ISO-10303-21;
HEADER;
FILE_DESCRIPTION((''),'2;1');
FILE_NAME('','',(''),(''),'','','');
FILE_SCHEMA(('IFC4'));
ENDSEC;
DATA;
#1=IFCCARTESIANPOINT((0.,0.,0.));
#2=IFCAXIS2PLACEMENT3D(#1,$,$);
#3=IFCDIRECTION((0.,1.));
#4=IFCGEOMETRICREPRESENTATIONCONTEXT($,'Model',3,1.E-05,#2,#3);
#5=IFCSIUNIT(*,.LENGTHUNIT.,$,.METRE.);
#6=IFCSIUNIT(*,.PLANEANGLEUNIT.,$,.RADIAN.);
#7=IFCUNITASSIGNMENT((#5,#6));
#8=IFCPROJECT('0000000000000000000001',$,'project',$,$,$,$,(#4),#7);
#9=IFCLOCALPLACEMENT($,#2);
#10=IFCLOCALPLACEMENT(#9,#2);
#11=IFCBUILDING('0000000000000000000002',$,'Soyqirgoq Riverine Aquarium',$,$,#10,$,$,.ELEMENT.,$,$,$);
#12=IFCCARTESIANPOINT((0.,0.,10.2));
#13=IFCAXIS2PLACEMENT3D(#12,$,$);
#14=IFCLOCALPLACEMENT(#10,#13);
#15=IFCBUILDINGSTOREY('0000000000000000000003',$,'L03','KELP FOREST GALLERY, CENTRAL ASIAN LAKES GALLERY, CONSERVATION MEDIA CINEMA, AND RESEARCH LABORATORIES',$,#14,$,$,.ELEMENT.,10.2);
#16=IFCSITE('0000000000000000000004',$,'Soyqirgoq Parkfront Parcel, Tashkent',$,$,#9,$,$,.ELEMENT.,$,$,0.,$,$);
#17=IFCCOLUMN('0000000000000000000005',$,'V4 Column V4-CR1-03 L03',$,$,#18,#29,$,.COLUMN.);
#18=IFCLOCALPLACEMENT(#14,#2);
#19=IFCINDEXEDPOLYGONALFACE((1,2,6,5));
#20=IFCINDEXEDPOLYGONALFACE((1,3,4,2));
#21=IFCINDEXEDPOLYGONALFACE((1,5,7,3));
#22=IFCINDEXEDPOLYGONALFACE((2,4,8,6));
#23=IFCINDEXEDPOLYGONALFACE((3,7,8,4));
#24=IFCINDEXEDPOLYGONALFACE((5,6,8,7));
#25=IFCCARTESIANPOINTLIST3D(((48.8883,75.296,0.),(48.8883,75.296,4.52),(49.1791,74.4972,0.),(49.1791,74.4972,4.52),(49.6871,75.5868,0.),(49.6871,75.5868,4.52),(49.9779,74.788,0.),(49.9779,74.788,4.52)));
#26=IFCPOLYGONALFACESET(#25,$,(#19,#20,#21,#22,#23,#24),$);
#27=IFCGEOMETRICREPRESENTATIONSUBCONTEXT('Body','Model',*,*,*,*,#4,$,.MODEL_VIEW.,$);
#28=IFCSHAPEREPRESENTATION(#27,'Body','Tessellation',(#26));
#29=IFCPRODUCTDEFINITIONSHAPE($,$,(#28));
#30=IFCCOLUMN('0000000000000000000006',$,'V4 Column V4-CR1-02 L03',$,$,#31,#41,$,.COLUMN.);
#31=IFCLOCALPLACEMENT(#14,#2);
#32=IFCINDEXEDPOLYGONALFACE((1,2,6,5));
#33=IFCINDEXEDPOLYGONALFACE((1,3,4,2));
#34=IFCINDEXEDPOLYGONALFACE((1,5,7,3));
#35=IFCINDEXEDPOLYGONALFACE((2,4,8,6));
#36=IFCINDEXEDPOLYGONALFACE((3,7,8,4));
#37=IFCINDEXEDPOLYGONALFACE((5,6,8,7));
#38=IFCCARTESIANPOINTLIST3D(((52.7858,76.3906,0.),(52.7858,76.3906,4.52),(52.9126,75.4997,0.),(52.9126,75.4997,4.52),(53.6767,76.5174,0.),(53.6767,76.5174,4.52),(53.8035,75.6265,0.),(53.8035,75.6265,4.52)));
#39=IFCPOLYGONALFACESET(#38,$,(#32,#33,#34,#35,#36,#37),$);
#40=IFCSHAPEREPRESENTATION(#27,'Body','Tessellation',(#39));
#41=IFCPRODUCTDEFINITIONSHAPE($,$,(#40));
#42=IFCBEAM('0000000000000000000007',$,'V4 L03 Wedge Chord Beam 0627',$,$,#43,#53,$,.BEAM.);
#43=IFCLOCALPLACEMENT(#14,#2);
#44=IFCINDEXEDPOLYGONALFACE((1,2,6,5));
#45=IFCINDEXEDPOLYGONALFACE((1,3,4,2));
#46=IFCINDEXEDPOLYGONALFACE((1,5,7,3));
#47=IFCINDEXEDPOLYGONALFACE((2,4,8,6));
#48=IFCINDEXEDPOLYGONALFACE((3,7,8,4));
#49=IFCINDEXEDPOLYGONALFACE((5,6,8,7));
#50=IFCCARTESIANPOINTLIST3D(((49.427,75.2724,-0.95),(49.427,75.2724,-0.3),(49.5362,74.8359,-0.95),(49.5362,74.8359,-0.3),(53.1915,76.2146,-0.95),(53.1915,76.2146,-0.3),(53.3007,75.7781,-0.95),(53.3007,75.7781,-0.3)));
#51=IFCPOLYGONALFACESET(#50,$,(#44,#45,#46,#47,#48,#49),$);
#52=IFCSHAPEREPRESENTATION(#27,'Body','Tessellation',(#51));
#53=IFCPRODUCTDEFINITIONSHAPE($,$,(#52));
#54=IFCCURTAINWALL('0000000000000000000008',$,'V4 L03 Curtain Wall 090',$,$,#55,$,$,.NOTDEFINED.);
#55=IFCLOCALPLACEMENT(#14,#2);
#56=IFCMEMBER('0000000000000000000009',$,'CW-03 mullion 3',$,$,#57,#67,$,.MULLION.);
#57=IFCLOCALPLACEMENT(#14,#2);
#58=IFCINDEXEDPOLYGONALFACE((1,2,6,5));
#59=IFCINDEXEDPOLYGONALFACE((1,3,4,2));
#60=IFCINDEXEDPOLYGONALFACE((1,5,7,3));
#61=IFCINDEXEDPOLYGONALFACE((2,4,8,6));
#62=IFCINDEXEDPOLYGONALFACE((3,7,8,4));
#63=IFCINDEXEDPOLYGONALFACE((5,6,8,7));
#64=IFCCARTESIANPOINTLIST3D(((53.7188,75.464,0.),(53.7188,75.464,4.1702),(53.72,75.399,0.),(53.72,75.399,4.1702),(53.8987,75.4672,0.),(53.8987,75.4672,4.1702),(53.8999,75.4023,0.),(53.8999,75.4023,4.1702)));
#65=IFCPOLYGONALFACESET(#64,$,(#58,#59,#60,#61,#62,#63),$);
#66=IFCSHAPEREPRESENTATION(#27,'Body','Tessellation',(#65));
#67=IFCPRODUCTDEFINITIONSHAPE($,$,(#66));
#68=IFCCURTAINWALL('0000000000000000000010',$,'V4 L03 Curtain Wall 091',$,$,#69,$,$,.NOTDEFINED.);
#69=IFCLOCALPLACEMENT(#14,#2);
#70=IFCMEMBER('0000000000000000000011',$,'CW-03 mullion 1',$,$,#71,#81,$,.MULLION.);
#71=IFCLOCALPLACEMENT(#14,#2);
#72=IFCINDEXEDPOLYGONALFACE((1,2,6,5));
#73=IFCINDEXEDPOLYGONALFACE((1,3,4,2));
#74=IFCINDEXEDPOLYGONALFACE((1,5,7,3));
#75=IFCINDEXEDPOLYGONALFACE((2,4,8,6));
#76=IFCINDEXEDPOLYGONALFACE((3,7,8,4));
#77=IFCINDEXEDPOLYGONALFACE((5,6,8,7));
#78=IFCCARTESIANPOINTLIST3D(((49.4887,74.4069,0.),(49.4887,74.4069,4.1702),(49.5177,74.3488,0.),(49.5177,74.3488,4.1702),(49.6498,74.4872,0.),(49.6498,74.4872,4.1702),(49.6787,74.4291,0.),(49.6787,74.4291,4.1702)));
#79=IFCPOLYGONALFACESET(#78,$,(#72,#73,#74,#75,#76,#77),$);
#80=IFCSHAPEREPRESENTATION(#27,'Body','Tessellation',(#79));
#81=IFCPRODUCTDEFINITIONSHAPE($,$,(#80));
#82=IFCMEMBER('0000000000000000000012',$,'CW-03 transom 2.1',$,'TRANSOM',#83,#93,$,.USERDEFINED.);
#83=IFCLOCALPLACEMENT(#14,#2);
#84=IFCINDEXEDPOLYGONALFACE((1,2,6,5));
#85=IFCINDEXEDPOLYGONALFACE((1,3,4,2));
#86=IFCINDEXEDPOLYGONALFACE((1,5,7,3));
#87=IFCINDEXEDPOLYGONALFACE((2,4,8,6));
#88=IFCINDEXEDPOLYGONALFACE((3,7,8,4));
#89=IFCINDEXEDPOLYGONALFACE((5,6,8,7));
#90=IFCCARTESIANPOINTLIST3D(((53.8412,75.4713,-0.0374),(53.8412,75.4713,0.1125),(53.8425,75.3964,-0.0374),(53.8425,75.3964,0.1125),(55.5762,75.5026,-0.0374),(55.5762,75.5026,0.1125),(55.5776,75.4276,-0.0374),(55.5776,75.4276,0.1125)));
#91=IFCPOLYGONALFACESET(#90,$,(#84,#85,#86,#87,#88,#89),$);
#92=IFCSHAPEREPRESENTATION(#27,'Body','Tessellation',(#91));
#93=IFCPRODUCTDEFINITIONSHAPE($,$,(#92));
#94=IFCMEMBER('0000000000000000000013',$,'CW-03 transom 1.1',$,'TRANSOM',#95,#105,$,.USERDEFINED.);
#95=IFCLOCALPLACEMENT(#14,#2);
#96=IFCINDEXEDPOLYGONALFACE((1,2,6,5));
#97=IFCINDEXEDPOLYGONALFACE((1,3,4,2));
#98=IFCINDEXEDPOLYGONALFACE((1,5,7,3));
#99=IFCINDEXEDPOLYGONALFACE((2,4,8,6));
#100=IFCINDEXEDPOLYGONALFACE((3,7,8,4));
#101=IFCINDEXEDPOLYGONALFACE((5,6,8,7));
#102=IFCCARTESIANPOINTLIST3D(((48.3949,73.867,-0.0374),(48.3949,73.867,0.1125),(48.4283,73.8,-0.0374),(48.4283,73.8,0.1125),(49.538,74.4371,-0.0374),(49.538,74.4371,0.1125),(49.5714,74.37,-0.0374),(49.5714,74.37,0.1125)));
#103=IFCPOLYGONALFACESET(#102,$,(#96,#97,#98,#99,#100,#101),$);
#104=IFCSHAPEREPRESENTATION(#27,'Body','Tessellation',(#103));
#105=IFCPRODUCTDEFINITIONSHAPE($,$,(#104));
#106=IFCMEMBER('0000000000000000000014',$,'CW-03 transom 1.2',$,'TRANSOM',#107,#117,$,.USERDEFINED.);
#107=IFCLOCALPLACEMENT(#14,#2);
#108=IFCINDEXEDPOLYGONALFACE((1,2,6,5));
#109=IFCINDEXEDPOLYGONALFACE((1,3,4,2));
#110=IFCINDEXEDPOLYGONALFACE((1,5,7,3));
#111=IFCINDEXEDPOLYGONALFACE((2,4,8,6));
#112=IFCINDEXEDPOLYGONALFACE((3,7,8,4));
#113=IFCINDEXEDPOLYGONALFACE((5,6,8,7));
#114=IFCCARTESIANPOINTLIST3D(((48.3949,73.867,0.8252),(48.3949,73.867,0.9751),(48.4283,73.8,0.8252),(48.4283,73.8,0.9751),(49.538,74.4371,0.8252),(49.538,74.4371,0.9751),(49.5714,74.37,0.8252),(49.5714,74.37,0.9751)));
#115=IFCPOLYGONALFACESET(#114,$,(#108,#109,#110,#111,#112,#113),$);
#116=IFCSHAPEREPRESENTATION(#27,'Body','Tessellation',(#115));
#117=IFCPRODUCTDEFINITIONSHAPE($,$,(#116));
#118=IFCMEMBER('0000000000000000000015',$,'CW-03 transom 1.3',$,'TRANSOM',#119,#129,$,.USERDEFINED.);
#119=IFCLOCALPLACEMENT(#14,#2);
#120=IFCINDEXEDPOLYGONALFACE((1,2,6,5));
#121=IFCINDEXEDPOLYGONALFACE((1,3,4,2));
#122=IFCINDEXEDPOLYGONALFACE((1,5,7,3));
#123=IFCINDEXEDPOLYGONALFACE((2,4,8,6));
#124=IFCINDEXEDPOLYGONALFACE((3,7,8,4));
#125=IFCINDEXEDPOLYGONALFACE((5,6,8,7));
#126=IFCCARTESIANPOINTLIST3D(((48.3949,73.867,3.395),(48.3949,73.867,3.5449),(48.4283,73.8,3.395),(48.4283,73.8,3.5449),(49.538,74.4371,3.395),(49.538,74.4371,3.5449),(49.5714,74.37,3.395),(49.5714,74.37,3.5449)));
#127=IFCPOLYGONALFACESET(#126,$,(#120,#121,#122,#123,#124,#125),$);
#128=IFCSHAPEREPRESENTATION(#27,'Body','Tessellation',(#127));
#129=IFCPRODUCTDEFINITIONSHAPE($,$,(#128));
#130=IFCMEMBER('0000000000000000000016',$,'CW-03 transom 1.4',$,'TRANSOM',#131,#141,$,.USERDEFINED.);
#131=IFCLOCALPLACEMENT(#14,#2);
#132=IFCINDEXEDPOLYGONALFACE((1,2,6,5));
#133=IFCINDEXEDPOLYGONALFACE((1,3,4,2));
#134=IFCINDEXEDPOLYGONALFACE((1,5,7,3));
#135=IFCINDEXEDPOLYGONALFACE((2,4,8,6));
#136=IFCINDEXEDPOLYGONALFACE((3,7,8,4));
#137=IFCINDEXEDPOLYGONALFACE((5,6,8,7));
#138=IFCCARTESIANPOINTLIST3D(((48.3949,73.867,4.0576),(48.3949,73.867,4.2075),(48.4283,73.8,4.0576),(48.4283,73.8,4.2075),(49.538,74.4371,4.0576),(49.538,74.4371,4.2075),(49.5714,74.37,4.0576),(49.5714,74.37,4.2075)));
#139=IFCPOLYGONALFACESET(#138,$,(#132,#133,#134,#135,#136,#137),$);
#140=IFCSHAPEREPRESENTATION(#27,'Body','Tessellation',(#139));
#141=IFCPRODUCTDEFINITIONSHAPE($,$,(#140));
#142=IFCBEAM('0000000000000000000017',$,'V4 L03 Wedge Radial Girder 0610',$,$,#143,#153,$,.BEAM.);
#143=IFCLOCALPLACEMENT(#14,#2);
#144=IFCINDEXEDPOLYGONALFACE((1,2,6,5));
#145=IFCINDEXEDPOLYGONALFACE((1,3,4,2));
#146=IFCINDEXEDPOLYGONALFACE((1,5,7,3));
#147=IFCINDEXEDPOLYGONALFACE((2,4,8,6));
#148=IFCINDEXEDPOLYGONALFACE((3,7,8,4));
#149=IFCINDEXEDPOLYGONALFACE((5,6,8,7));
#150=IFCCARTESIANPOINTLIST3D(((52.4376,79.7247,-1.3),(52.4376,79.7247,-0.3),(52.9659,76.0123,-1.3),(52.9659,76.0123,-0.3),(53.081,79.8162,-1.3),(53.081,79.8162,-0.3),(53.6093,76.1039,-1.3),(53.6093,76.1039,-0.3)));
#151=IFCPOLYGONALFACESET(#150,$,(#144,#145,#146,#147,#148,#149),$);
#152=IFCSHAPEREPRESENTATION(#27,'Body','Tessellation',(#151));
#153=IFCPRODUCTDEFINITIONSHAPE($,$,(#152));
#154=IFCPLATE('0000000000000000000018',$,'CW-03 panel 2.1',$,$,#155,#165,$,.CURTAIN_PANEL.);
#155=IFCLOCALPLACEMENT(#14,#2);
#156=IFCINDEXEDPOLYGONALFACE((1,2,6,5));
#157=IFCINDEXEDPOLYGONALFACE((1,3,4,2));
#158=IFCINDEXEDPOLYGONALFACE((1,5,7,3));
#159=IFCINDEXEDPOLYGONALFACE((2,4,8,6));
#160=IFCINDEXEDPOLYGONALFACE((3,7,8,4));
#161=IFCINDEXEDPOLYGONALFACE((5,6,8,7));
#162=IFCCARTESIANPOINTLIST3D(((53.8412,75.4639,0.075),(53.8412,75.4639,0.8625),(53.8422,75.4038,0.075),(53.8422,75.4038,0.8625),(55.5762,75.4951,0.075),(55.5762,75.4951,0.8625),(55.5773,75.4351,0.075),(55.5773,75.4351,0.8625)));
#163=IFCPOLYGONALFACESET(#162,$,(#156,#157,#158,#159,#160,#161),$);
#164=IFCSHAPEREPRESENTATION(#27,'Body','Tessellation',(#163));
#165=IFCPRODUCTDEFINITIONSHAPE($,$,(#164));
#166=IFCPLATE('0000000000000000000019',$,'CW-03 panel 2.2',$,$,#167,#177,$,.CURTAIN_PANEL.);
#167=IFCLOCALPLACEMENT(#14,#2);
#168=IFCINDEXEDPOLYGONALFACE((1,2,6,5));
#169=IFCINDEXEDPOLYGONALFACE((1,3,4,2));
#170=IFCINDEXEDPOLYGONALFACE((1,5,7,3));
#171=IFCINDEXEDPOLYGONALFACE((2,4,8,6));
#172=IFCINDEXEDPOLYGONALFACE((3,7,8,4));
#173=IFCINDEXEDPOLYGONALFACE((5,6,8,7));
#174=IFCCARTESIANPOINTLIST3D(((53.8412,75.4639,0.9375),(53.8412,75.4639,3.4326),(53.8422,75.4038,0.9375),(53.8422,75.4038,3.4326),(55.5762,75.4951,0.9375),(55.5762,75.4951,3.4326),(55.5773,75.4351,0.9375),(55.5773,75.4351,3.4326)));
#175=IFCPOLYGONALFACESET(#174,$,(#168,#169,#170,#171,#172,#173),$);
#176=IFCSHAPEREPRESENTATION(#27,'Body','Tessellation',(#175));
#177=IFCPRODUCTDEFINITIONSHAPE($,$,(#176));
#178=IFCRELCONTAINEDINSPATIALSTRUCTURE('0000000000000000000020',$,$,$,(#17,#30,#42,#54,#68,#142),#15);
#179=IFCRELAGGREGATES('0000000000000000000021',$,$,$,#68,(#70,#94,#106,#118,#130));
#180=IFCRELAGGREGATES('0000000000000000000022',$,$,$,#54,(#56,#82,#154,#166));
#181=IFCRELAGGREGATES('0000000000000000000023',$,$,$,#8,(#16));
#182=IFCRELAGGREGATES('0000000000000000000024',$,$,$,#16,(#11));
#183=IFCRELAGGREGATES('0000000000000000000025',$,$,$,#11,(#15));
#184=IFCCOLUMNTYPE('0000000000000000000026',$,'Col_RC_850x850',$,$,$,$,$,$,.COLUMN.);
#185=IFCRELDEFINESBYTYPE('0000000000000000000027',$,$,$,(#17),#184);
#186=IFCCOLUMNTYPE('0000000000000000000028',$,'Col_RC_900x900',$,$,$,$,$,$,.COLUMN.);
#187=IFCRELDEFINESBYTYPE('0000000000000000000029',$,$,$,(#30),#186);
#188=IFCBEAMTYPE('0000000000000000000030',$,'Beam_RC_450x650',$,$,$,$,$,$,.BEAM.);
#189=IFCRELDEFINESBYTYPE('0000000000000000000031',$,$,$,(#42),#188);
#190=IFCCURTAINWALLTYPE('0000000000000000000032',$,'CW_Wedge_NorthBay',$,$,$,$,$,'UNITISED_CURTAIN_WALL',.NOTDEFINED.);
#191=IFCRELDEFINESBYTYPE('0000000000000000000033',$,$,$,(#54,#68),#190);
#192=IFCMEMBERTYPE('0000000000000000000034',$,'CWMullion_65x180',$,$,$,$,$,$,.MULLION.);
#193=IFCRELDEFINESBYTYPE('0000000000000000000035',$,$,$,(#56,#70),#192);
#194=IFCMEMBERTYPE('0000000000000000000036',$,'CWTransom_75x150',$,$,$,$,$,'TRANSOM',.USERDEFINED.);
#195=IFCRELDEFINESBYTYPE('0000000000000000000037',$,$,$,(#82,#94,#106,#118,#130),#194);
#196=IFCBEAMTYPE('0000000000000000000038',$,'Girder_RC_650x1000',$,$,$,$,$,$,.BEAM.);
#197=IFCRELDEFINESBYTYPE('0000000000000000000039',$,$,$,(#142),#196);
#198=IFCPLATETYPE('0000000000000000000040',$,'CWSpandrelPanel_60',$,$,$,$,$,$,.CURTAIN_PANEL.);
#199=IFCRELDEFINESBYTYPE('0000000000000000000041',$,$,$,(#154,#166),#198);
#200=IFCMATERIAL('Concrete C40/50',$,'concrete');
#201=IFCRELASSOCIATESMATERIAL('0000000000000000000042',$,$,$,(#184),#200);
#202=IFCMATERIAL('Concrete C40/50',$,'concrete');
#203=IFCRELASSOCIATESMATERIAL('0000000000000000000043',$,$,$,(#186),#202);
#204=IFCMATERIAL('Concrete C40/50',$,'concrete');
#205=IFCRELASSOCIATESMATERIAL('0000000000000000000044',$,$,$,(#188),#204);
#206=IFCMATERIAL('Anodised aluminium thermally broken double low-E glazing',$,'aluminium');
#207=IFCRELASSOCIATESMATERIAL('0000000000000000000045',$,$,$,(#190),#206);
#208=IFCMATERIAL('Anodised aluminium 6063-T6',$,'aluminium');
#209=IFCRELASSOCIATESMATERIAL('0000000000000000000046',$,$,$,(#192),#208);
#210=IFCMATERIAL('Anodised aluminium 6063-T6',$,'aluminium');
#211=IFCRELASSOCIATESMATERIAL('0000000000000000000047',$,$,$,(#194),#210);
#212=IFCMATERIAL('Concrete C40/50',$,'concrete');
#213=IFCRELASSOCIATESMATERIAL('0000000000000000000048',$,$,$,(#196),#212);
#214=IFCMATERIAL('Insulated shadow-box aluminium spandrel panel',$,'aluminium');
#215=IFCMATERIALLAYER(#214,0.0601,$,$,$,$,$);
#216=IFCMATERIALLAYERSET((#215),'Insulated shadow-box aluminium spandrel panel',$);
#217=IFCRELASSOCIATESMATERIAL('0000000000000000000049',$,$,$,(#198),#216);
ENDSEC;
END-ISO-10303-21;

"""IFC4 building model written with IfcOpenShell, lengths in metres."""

from ifc_helpers import new_model, si_unit, direction, frame, origin, origin_2d, place, context, subcontext, project, spatial, rectangle, extrude, material, layer, layer_set, material_profile, profile_set, type_object, element, aggregate, save


model = new_model("IFC4")

# Units and contexts
model_context = context("Model", 3, precision=1e-05, world=origin(), true_north=direction((0.0, 1.0)))
body_context = subcontext(model_context, "Body", "Model", "MODEL_VIEW")
ifc_project = project(units=[si_unit("LENGTHUNIT", "METRE"), si_unit("PLANEANGLEUNIT", "RADIAN")], contexts=[model_context])

# Site, building, storey
site_placement = place(None, origin())
site = spatial("IfcSite", under=ifc_project, at=site_placement, Name="Soyqirgoq Parkfront Parcel, Tashkent", CompositionType="ELEMENT", RefElevation=0.0)
building_placement = place(site_placement, origin())
building = spatial("IfcBuilding", under=site, at=building_placement, Name="Soyqirgoq Riverine Aquarium", CompositionType="ELEMENT")
storey_placement = place(building_placement, frame((0.0, 0.0, 10.2)))
storey = spatial("IfcBuildingStorey", under=building, at=storey_placement, Name="L03", Description="KELP FOREST GALLERY, CENTRAL ASIAN LAKES GALLERY, CONSERVATION MEDIA CINEMA, AND RESEARCH LABORATORIES", CompositionType="ELEMENT", Elevation=10.2)

# Columns
ifc_material_1 = material(Name="Concrete C40/50", Category="concrete")
ifc_material_profile_1 = material_profile(ifc_material_1, rectangle(XDim=0.8501, YDim=0.8501, at=origin_2d()), Name="RC 850x850")
ifc_profile_set_1 = profile_set([ifc_material_profile_1], Name="Concrete C40/50")
column_type_1 = type_object("IfcColumnType", Name="Col_RC_850x850", PredefinedType="COLUMN", material=ifc_profile_set_1)
column_1_placement = place(storey_placement, frame((49.4331, 75.042, 0.0), z_axis=(0.0, 0.0, 1.0), x_axis=(-0.34202, 0.939693, 0.0)))
element("IfcColumn", 1, at=column_1_placement, inside=storey, type_object=column_type_1, Name="V4 Column V4-CR1-03 L03", PredefinedType="COLUMN", context=body_context, shape_type="SweptSolid", body=[
    extrude(rectangle(XDim=0.8501, YDim=0.8501, at=origin_2d()), origin(), (0.0, 0.0, 1.0), 4.52),
])
ifc_material_2 = material(Name="Concrete C40/50", Category="concrete")
ifc_material_profile_2 = material_profile(ifc_material_2, rectangle(XDim=0.8999, YDim=0.8999, at=origin_2d()), Name="RC 900x900")
ifc_profile_set_2 = profile_set([ifc_material_profile_2], Name="Concrete C40/50")
column_type_2 = type_object("IfcColumnType", Name="Col_RC_900x900", PredefinedType="COLUMN", material=ifc_profile_set_2)
column_2_placement = place(storey_placement, frame((53.2947, 76.0085, 0.0), z_axis=(0.0, 0.0, 1.0), x_axis=(-0.140901, 0.990024, 0.0)))
element("IfcColumn", 2, at=column_2_placement, inside=storey, type_object=column_type_2, Name="V4 Column V4-CR1-02 L03", PredefinedType="COLUMN", context=body_context, shape_type="SweptSolid", body=[
    extrude(rectangle(XDim=0.8999, YDim=0.8999, at=origin_2d()), origin(), (0.0, 0.0, 1.0), 4.52),
])

# Beam
ifc_material_3 = material(Name="Concrete C40/50", Category="concrete")
ifc_material_profile_3 = material_profile(ifc_material_3, rectangle(XDim=0.45, YDim=0.6499, at=origin_2d()), Name="RC 450x650")
ifc_profile_set_3 = profile_set([ifc_material_profile_3], Name="Concrete C40/50")
beam_type_1 = type_object("IfcBeamType", Name="Beam_RC_450x650", PredefinedType="BEAM", material=ifc_profile_set_3)
beam_1_placement = place(storey_placement, frame((53.2461, 75.9963, -0.625), z_axis=(-0.97008, -0.242787, 0.0), x_axis=(0.242787, -0.97008, 0.0)))
element("IfcBeam", 3, at=beam_1_placement, inside=storey, type_object=beam_type_1, Name="V4 L03 Wedge Chord Beam 0627", PredefinedType="BEAM", context=body_context, shape_type="SweptSolid", body=[
    extrude(rectangle(XDim=0.45, YDim=0.6499, at=origin_2d()), origin(), (0.0, 0.0, 1.0), 3.8806),
])

# Curtain walls, members
ifc_material_4 = material(Name="Anodised aluminium thermally broken double low-E glazing", Category="aluminium")
curtain_wall_type = type_object("IfcCurtainWallType", Name="CW_Wedge_NorthBay", ElementType="UNITISED_CURTAIN_WALL", PredefinedType="NOTDEFINED", material=ifc_material_4)
curtain_wall_1_placement = place(storey_placement, origin())
curtain_wall_1 = element("IfcCurtainWall", 4, at=curtain_wall_1_placement, inside=storey, type_object=curtain_wall_type, Name="V4 L03 Curtain Wall 090", PredefinedType="NOTDEFINED")
ifc_material_5 = material(Name="Anodised aluminium 6063-T6", Category="aluminium")
ifc_material_profile_4 = material_profile(ifc_material_5, rectangle(XDim=0.0649, YDim=0.1799, at=origin_2d()), Name="ALU-M 65x180")
ifc_profile_set_4 = profile_set([ifc_material_profile_4], Name="Anodised aluminium 6063-T6")
member_type_1 = type_object("IfcMemberType", Name="CWMullion_65x180", PredefinedType="MULLION", material=ifc_profile_set_4)
member_1_placement = place(storey_placement, frame((53.8093, 75.4331, 0.0), z_axis=(0.0, 0.0, 1.0), x_axis=(0.018005, -0.999838, 0.0)))
member_1 = element("IfcMember", 5, at=member_1_placement, type_object=member_type_1, Name="CW-03 mullion 3", PredefinedType="MULLION", context=body_context, shape_type="SweptSolid", body=[
    extrude(rectangle(XDim=0.0649, YDim=0.1799, at=origin_2d()), origin(), (0.0, 0.0, 1.0), 4.1702),
])
curtain_wall_2_placement = place(storey_placement, origin())
curtain_wall_2 = element("IfcCurtainWall", 6, at=curtain_wall_2_placement, inside=storey, type_object=curtain_wall_type, Name="V4 L03 Curtain Wall 091", PredefinedType="NOTDEFINED")
member_2_placement = place(storey_placement, frame((49.5837, 74.418, 0.0), z_axis=(0.0, 0.0, 1.0), x_axis=(0.446195, -0.894936, 0.0)))
member_2 = element("IfcMember", 7, at=member_2_placement, type_object=member_type_1, Name="CW-03 mullion 1", PredefinedType="MULLION", context=body_context, shape_type="SweptSolid", body=[
    extrude(rectangle(XDim=0.0649, YDim=0.1799, at=origin_2d()), origin(), (0.0, 0.0, 1.0), 4.1702),
])

# Members
ifc_material_6 = material(Name="Anodised aluminium 6063-T6", Category="aluminium")
ifc_material_profile_5 = material_profile(ifc_material_6, rectangle(XDim=0.075, YDim=0.1499, at=origin_2d()), Name="ALU-T 75x150")
ifc_profile_set_5 = profile_set([ifc_material_profile_5], Name="Anodised aluminium 6063-T6")
member_type_2 = type_object("IfcMemberType", Name="CWTransom_75x150", ElementType="TRANSOM", PredefinedType="USERDEFINED", material=ifc_profile_set_5)
member_3_placement = place(storey_placement, frame((55.5769, 75.4651, 0.0376), z_axis=(-0.999838, -0.018007, 0.0), x_axis=(0.018007, -0.999838, 0.0)))
member_3 = element("IfcMember", 8, at=member_3_placement, type_object=member_type_2, Name="CW-03 transom 2.1", ObjectType="TRANSOM", PredefinedType="USERDEFINED", context=body_context, shape_type="SweptSolid", body=[
    extrude(rectangle(XDim=0.075, YDim=0.1499, at=origin_2d()), origin(), (0.0, 0.0, 1.0), 1.7354),
])
member_4_placement = place(storey_placement, frame((49.5547, 74.4036, 0.0376), z_axis=(-0.894885, -0.446296, 0.0), x_axis=(0.446296, -0.894885, 0.0)))
member_4 = element("IfcMember", 9, at=member_4_placement, type_object=member_type_2, Name="CW-03 transom 1.1", ObjectType="TRANSOM", PredefinedType="USERDEFINED", context=body_context, shape_type="SweptSolid", body=[
    extrude(rectangle(XDim=0.075, YDim=0.1499, at=origin_2d()), origin(), (0.0, 0.0, 1.0), 1.2773),
])
member_5_placement = place(storey_placement, frame((49.5547, 74.4036, 0.9001), z_axis=(-0.894885, -0.446296, 0.0), x_axis=(0.446296, -0.894885, 0.0)))
member_5 = element("IfcMember", 10, at=member_5_placement, type_object=member_type_2, Name="CW-03 transom 1.2", ObjectType="TRANSOM", PredefinedType="USERDEFINED", context=body_context, shape_type="SweptSolid", body=[
    extrude(rectangle(XDim=0.075, YDim=0.1499, at=origin_2d()), origin(), (0.0, 0.0, 1.0), 1.2773),
])
member_6_placement = place(storey_placement, frame((49.5547, 74.4036, 3.47), z_axis=(-0.894885, -0.446296, 0.0), x_axis=(0.446296, -0.894885, 0.0)))
member_6 = element("IfcMember", 11, at=member_6_placement, type_object=member_type_2, Name="CW-03 transom 1.3", ObjectType="TRANSOM", PredefinedType="USERDEFINED", context=body_context, shape_type="SweptSolid", body=[
    extrude(rectangle(XDim=0.075, YDim=0.1499, at=origin_2d()), origin(), (0.0, 0.0, 1.0), 1.2773),
])
member_7_placement = place(storey_placement, frame((49.5547, 74.4036, 4.1326), z_axis=(-0.894885, -0.446296, 0.0), x_axis=(0.446296, -0.894885, 0.0)))
member_7 = element("IfcMember", 12, at=member_7_placement, type_object=member_type_2, Name="CW-03 transom 1.4", ObjectType="TRANSOM", PredefinedType="USERDEFINED", context=body_context, shape_type="SweptSolid", body=[
    extrude(rectangle(XDim=0.075, YDim=0.1499, at=origin_2d()), origin(), (0.0, 0.0, 1.0), 1.2773),
])
aggregate(curtain_wall_2, [member_2, member_4, member_5, member_6, member_7])

# Beam
ifc_material_7 = material(Name="Concrete C40/50", Category="concrete")
ifc_material_profile_6 = material_profile(ifc_material_7, rectangle(XDim=0.6499, YDim=1.0, at=origin_2d()), Name="RC 650x1000")
ifc_profile_set_6 = profile_set([ifc_material_profile_6], Name="Concrete C40/50")
beam_type_2 = type_object("IfcBeamType", Name="Girder_RC_650x1000", PredefinedType="BEAM", material=ifc_profile_set_6)
beam_2_placement = place(storey_placement, frame((53.2876, 76.0581, -0.8), z_axis=(-0.140893, 0.990025, 0.0), x_axis=(-0.990025, -0.140893, 0.0)))
element("IfcBeam", 13, at=beam_2_placement, inside=storey, type_object=beam_type_2, Name="V4 L03 Wedge Radial Girder 0610", PredefinedType="BEAM", context=body_context, shape_type="SweptSolid", body=[
    extrude(rectangle(XDim=0.6499, YDim=1.0, at=origin_2d()), origin(), (0.0, 0.0, 1.0), 3.7498),
])

# Plates
ifc_material_8 = material(Name="Insulated shadow-box aluminium spandrel panel", Category="aluminium")
ifc_layer_1 = layer(ifc_material_8, 0.0601)
ifc_layer_set_1 = layer_set([ifc_layer_1], Name="Insulated shadow-box aluminium spandrel panel")
plate_type = type_object("IfcPlateType", Name="CWSpandrelPanel_60", PredefinedType="CURTAIN_PANEL", material=ifc_layer_set_1)
plate_1_placement = place(storey_placement, frame((54.7092, 75.4495, 0.075), z_axis=(0.0, 0.0, 1.0), x_axis=(-0.999838, -0.018005, 0.0)))
plate_1 = element("IfcPlate", 14, at=plate_1_placement, type_object=plate_type, Name="CW-03 panel 2.1", PredefinedType="CURTAIN_PANEL", context=body_context, shape_type="SweptSolid", body=[
    extrude(rectangle(XDim=1.7354, YDim=0.0601, at=origin_2d()), origin(), (0.0, 0.0, 1.0), 0.7876),
])
plate_2_placement = place(storey_placement, frame((54.7092, 75.4495, 0.9375), z_axis=(0.0, 0.0, 1.0), x_axis=(-0.999838, -0.018005, 0.0)))
plate_2 = element("IfcPlate", 15, at=plate_2_placement, type_object=plate_type, Name="CW-03 panel 2.2", PredefinedType="CURTAIN_PANEL", context=body_context, shape_type="SweptSolid", body=[
    extrude(rectangle(XDim=1.7354, YDim=0.0601, at=origin_2d()), origin(), (0.0, 0.0, 1.0), 2.4951),
])
aggregate(curtain_wall_1, [member_1, member_3, plate_1, plate_2])

save(model, "model.ifc")
